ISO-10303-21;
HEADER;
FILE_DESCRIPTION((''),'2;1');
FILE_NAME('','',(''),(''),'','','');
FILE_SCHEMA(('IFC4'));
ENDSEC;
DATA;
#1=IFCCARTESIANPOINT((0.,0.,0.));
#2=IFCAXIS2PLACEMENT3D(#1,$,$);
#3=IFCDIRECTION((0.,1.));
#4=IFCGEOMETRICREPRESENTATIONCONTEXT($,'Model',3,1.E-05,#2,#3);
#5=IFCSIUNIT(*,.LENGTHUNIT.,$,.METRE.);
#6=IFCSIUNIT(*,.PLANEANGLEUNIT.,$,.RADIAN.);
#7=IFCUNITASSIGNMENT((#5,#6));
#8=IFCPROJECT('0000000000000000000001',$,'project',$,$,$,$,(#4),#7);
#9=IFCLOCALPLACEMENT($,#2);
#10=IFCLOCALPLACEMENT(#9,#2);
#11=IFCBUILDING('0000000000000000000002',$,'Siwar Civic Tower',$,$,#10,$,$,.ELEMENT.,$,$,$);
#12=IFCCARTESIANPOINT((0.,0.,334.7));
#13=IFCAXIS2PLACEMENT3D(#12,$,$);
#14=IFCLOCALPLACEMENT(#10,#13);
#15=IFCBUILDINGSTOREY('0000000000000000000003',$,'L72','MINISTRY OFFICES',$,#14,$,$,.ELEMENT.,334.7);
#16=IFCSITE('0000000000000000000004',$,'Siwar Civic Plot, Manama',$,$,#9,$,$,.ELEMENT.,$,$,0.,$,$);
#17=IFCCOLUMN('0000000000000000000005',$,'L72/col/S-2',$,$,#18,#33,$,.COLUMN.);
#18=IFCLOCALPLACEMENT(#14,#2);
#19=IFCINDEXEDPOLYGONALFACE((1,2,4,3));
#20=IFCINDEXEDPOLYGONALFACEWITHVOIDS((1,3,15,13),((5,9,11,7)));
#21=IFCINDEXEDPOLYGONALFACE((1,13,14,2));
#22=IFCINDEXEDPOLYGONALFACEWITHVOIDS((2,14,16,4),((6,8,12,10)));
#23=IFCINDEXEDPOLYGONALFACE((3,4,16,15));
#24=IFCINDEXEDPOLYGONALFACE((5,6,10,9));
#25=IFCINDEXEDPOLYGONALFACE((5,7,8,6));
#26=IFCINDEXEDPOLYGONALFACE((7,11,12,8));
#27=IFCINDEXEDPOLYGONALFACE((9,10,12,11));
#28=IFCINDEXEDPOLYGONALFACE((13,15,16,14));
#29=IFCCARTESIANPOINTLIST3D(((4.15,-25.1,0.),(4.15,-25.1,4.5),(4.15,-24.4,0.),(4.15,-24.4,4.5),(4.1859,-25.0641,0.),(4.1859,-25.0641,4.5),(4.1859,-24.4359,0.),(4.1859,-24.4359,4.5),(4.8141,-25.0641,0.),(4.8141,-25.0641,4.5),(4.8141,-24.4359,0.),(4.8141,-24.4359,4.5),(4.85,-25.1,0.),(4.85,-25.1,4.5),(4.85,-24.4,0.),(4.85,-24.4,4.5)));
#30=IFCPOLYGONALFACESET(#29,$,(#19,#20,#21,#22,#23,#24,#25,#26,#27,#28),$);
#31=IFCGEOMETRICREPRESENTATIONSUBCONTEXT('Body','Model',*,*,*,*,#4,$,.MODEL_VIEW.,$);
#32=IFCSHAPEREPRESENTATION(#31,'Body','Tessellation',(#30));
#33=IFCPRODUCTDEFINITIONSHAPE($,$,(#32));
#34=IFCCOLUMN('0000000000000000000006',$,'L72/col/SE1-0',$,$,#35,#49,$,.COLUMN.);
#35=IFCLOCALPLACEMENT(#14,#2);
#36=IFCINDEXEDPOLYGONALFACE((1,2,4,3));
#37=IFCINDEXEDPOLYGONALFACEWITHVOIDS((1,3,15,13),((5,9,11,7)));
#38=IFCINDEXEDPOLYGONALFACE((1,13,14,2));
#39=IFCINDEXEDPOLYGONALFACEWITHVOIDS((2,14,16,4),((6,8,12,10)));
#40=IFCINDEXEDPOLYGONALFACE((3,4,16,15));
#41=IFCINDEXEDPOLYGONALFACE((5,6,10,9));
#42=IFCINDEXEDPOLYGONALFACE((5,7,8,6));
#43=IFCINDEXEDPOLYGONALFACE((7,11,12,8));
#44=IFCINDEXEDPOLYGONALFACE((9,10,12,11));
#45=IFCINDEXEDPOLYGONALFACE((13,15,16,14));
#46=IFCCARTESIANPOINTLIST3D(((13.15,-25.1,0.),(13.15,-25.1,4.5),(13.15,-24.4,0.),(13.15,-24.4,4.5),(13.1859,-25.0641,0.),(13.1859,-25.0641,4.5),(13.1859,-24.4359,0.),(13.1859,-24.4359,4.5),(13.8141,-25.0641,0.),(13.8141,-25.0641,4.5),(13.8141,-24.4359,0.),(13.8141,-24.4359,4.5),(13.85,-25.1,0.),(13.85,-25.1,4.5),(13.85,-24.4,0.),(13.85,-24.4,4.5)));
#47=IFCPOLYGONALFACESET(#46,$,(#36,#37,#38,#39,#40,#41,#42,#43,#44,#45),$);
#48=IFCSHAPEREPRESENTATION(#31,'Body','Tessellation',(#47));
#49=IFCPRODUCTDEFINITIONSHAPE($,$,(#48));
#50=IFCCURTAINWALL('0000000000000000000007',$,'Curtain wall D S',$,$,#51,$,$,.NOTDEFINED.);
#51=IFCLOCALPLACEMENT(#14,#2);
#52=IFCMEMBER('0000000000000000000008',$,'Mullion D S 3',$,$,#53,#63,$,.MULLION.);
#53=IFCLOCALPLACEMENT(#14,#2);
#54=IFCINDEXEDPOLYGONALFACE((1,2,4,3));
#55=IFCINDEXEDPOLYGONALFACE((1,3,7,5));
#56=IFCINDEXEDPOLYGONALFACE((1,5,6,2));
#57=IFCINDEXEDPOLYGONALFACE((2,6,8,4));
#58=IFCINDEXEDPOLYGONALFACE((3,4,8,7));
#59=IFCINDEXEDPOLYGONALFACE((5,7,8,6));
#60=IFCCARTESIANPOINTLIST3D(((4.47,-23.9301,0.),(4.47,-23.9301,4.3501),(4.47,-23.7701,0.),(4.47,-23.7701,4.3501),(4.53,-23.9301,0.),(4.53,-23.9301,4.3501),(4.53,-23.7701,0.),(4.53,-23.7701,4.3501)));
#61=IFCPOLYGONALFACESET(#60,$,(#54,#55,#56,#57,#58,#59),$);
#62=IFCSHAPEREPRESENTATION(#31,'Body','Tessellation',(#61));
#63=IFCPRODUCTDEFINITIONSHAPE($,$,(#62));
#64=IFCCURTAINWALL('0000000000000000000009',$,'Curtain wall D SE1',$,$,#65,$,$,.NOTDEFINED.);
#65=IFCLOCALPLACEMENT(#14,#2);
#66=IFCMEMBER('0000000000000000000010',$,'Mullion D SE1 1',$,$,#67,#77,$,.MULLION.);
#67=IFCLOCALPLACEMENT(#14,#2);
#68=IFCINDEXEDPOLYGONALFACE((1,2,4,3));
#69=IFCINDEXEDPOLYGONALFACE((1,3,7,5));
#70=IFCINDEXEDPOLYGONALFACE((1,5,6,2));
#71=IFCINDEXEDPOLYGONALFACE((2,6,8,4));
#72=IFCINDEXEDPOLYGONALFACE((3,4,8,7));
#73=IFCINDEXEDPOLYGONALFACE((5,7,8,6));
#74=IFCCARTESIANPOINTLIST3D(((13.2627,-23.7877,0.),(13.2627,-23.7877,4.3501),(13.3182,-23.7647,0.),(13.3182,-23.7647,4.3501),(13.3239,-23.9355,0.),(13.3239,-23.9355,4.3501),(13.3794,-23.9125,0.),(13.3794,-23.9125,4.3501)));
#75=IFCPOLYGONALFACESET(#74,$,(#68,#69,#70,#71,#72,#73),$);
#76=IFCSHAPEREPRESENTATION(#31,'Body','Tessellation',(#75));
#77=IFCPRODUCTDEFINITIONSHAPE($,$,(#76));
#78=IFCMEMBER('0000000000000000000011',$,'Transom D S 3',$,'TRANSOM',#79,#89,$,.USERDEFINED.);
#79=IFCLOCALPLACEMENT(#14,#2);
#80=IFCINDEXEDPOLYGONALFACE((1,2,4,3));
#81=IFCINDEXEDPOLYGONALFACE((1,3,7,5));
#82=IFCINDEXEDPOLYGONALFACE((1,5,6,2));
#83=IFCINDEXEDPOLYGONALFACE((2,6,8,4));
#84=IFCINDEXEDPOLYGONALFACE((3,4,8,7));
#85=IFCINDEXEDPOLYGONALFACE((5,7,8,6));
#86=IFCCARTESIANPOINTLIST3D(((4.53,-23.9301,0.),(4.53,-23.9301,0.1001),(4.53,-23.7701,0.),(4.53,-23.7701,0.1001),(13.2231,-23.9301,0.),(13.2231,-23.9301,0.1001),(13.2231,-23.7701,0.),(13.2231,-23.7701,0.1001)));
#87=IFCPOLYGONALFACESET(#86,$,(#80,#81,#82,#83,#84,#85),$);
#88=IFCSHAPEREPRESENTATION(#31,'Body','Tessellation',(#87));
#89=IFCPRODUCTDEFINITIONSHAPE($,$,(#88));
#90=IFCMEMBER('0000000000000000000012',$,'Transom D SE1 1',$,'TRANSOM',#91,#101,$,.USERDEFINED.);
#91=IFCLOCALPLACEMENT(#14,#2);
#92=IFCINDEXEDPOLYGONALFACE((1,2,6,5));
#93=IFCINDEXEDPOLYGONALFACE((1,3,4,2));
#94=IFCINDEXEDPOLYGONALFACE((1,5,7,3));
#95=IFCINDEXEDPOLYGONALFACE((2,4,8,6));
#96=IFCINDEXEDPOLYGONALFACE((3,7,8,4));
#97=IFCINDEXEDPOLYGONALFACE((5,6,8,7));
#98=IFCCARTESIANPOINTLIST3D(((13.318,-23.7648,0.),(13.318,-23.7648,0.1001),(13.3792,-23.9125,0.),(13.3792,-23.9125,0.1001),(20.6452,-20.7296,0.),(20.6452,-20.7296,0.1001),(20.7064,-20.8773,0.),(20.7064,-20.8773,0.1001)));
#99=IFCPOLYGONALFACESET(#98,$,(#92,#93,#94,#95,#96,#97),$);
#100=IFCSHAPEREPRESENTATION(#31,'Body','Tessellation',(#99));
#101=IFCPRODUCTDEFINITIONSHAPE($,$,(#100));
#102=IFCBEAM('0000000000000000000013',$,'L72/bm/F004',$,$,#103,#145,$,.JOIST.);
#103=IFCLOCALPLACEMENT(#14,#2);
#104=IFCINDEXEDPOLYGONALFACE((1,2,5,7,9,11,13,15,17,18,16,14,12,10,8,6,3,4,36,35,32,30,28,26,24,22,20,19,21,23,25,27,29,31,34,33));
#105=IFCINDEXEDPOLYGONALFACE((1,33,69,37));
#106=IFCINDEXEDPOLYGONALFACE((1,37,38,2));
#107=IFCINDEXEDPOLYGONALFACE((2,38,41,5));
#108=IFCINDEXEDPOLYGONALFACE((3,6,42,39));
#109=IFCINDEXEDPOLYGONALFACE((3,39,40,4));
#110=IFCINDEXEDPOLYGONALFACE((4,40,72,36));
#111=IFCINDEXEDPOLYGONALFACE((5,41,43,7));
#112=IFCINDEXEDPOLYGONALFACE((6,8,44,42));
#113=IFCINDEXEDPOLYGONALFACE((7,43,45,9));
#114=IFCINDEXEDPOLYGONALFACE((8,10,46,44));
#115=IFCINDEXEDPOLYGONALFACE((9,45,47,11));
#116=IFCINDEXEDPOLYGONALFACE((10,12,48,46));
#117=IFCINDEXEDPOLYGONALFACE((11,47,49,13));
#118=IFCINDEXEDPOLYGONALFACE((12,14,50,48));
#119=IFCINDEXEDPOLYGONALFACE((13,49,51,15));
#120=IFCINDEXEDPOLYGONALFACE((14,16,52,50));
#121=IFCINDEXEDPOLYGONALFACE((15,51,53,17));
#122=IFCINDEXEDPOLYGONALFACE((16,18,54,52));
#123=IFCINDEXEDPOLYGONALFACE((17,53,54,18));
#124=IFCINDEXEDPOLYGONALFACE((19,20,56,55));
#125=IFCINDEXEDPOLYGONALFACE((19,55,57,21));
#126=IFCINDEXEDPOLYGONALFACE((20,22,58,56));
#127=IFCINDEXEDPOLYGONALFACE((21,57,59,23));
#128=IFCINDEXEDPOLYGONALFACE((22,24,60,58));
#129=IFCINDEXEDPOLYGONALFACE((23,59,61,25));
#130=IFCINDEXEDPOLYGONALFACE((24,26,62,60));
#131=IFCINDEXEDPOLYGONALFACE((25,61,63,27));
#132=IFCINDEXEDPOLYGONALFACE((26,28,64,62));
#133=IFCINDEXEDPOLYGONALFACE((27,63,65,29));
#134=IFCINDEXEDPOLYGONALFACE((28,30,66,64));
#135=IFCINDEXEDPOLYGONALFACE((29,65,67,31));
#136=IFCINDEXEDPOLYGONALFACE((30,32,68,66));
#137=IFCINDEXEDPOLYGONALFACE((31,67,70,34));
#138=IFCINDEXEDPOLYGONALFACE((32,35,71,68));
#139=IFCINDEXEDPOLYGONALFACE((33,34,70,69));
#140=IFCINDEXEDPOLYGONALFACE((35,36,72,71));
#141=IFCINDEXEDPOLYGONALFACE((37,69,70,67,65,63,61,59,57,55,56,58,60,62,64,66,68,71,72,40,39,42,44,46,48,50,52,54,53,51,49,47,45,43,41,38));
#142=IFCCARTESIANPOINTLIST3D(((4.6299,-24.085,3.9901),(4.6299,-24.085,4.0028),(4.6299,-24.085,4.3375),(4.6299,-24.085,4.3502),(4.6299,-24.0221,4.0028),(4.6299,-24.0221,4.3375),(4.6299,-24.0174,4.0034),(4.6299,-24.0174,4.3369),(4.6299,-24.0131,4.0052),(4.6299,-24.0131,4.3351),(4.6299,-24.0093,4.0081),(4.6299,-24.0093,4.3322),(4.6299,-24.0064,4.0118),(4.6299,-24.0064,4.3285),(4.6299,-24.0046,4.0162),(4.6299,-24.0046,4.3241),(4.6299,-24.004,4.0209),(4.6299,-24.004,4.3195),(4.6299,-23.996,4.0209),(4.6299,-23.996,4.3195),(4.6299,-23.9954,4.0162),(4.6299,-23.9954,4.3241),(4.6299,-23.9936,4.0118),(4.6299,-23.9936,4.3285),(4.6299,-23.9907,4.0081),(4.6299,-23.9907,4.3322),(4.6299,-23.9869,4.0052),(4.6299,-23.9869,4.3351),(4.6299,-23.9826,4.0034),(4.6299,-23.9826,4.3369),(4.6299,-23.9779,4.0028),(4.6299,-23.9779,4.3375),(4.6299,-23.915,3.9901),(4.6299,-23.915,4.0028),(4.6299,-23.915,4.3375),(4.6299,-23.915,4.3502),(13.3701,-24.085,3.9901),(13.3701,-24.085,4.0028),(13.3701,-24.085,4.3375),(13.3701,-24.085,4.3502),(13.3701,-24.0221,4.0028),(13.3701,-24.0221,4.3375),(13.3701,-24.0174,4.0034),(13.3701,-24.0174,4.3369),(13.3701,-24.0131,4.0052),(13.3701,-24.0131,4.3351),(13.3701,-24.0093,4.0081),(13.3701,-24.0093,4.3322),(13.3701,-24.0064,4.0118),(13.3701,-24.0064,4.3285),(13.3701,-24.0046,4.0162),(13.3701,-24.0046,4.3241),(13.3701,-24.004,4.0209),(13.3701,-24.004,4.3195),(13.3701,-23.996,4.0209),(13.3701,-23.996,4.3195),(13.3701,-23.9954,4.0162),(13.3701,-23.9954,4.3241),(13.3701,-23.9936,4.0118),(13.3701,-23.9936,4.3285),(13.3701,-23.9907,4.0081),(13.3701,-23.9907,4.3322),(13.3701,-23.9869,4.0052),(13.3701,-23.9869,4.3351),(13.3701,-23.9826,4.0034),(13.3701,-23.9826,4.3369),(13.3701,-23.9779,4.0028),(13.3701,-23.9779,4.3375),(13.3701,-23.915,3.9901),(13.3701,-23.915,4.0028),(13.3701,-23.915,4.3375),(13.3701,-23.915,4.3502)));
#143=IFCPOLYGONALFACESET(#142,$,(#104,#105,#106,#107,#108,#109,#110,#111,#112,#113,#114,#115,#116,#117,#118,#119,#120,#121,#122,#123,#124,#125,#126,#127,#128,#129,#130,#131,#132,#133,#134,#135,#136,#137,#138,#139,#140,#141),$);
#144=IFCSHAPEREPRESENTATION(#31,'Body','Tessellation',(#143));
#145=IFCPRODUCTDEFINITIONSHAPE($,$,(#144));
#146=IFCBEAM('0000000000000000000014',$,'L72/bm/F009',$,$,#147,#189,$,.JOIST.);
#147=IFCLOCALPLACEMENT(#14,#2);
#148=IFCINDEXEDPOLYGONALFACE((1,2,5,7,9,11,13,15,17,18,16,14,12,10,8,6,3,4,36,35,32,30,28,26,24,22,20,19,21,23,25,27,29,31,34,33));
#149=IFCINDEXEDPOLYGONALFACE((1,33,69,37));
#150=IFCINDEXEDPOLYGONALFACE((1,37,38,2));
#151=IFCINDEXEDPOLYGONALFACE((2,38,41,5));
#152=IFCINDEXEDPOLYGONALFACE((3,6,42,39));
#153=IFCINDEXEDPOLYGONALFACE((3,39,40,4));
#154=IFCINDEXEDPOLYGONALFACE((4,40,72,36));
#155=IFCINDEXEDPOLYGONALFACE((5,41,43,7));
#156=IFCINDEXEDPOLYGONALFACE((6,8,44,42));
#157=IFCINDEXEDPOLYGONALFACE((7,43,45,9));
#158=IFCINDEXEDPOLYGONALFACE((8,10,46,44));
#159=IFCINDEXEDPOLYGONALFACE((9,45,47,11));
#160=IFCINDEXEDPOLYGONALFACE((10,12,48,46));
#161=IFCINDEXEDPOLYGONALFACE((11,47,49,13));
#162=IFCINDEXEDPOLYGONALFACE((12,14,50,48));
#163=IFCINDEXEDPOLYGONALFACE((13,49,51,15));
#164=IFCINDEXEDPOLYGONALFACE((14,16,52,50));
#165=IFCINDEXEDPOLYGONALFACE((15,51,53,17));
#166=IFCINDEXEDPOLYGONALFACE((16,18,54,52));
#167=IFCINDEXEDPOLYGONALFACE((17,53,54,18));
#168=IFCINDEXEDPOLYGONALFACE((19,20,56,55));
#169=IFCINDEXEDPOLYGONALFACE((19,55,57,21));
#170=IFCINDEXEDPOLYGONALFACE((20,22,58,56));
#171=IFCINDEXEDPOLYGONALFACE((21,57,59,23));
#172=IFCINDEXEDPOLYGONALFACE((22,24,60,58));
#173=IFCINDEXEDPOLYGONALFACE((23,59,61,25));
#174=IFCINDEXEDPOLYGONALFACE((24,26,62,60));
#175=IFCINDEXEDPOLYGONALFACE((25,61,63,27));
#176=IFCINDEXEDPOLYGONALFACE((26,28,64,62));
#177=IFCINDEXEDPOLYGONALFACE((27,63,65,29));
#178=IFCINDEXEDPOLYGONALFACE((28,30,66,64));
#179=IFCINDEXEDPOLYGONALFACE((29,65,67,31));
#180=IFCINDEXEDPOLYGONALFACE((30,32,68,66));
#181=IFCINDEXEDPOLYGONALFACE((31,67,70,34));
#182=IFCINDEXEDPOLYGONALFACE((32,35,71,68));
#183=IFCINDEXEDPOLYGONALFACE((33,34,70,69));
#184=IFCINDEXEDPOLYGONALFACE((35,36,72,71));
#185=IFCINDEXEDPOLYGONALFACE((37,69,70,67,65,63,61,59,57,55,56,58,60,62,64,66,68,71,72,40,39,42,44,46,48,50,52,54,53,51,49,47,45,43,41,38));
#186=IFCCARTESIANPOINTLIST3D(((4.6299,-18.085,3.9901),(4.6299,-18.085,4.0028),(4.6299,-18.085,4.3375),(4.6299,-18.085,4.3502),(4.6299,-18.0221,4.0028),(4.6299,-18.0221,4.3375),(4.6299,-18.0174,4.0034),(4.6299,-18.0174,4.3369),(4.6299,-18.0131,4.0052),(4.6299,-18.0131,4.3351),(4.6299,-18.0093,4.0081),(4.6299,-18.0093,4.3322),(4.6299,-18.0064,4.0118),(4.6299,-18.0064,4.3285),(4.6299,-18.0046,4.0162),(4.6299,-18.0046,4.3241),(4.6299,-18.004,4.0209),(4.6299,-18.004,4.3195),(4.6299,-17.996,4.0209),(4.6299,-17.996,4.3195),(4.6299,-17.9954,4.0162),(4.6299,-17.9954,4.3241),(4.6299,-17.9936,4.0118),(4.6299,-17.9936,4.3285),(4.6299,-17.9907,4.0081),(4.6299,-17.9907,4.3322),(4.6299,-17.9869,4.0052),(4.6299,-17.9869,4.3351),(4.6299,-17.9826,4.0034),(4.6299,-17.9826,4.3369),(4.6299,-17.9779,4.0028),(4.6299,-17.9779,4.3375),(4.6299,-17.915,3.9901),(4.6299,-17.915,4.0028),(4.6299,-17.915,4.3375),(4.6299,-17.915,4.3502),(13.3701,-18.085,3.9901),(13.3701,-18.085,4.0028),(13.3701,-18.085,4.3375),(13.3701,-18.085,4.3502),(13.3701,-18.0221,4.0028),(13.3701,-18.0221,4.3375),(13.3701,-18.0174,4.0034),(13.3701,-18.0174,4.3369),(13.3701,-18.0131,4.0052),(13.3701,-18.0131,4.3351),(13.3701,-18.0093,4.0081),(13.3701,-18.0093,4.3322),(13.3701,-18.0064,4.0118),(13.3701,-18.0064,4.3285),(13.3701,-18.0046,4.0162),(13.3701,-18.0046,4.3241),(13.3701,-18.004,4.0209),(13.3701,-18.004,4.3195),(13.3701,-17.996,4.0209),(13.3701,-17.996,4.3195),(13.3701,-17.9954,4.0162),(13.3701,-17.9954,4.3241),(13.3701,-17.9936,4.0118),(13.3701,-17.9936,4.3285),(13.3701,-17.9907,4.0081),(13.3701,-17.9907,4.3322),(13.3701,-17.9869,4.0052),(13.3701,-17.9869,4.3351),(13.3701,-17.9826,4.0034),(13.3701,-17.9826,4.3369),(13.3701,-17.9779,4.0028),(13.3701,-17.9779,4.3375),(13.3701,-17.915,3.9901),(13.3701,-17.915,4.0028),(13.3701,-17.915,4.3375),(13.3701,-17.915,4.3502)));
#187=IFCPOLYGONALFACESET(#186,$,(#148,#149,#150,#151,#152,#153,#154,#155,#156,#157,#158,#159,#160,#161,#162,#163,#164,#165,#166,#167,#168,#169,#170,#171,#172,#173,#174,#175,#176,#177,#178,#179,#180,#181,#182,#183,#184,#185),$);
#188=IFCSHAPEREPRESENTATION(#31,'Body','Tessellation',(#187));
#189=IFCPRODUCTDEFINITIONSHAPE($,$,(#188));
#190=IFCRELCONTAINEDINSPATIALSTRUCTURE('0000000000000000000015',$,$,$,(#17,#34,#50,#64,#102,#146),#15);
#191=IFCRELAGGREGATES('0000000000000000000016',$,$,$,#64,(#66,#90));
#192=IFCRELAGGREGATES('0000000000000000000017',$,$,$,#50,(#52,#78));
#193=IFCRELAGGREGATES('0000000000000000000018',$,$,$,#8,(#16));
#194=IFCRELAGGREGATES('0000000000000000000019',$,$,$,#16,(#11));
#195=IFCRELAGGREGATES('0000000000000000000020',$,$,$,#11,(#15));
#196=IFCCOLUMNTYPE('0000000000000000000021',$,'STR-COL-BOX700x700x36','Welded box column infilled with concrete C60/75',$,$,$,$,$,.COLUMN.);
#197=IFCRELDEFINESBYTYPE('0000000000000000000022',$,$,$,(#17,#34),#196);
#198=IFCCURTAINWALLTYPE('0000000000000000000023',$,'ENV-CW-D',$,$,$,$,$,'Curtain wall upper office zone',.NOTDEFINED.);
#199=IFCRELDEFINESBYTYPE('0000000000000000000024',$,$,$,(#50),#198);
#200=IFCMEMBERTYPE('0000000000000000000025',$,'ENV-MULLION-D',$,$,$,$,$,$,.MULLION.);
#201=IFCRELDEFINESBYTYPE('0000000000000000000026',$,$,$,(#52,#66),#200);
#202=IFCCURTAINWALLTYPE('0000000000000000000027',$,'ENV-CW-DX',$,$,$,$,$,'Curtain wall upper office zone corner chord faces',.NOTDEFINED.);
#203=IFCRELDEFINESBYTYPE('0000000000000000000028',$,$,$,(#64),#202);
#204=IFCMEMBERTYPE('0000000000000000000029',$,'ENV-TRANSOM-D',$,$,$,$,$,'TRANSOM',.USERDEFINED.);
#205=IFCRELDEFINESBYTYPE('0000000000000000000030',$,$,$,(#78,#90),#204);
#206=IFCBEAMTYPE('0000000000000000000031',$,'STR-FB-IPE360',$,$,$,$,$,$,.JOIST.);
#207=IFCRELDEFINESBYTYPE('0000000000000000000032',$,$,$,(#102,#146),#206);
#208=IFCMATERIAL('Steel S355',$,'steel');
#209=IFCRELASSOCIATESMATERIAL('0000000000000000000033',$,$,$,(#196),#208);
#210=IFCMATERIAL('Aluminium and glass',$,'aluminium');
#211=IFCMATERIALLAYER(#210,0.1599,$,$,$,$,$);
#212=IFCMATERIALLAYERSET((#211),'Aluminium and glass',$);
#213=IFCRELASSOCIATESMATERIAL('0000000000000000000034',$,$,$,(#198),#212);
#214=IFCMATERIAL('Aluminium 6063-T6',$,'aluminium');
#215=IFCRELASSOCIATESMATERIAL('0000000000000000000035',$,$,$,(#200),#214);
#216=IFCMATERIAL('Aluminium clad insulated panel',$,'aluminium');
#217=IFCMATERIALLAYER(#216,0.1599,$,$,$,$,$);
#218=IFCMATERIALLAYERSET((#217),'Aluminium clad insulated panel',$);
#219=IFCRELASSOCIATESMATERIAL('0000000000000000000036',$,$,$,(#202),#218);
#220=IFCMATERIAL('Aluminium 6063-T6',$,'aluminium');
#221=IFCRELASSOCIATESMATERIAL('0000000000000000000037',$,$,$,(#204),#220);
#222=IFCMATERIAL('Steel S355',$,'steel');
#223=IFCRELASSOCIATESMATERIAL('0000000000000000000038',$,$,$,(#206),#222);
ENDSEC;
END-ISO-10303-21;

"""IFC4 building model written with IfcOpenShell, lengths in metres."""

from ifc_helpers import new_model, si_unit, direction, frame, origin, origin_2d, place, context, subcontext, project, spatial, rectangle, hollow_rectangle, i_section, extrude, material, layer, layer_set, material_profile, profile_set, type_object, element, aggregate, save


model = new_model("IFC4")

# Units and contexts
model_context = context("Model", 3, precision=1e-05, world=origin(), true_north=direction((0.0, 1.0)))
body_context = subcontext(model_context, "Body", "Model", "MODEL_VIEW")
ifc_project = project(units=[si_unit("LENGTHUNIT", "METRE"), si_unit("PLANEANGLEUNIT", "RADIAN")], contexts=[model_context])

# Site, building, storey
site_placement = place(None, origin())
site = spatial("IfcSite", under=ifc_project, at=site_placement, Name="Siwar Civic Plot, Manama", CompositionType="ELEMENT", RefElevation=0.0)
building_placement = place(site_placement, origin())
building = spatial("IfcBuilding", under=site, at=building_placement, Name="Siwar Civic Tower", CompositionType="ELEMENT")
storey_placement = place(building_placement, frame((0.0, 0.0, 334.7)))
storey = spatial("IfcBuildingStorey", under=building, at=storey_placement, Name="L72", Description="MINISTRY OFFICES", CompositionType="ELEMENT", Elevation=334.7)

# Columns
ifc_material_1 = material(Name="Steel S355", Category="steel")
ifc_material_profile_1 = material_profile(ifc_material_1, hollow_rectangle(XDim=0.7, YDim=0.7, WallThickness=0.0359, at=origin_2d()), Name="BOX700x700x36")
ifc_profile_set_1 = profile_set([ifc_material_profile_1], Name="Steel S355")
column_type = type_object("IfcColumnType", Name="STR-COL-BOX700x700x36", Description="Welded box column infilled with concrete C60/75", PredefinedType="COLUMN", material=ifc_profile_set_1)
for number, where, z_axis, x_axis, name in (
    (1, (4.5, -24.75, 0.0), (0.0, 0.0, 1.0), (1.0, 0.0, 0.0), "L72/col/S-2"),
    (2, (13.5, -24.75, 0.0), (0.0, 0.0, 1.0), (1.0, 0.0, 0.0), "L72/col/SE1-0"),
):
    element("IfcColumn", number, at=place(storey_placement, frame(where, z_axis=z_axis, x_axis=x_axis)), inside=storey, type_object=column_type, Name=name, PredefinedType="COLUMN", context=body_context, shape_type="SweptSolid", body=[
        extrude(hollow_rectangle(XDim=0.7, YDim=0.7, WallThickness=0.0359, at=origin_2d()), origin(), (0.0, 0.0, 1.0), 4.5),
    ])

# Curtain walls, members
ifc_material_2 = material(Name="Aluminium and glass", Category="aluminium")
ifc_layer_1 = layer(ifc_material_2, 0.1599)
ifc_layer_set_1 = layer_set([ifc_layer_1], Name="Aluminium and glass")
curtain_wall_type_1 = type_object("IfcCurtainWallType", Name="ENV-CW-D", ElementType="Curtain wall upper office zone", PredefinedType="NOTDEFINED", material=ifc_layer_set_1)
curtain_wall_1_placement = place(storey_placement, origin())
curtain_wall_1 = element("IfcCurtainWall", 3, at=curtain_wall_1_placement, inside=storey, type_object=curtain_wall_type_1, Name="Curtain wall D S", PredefinedType="NOTDEFINED")
ifc_material_3 = material(Name="Aluminium 6063-T6", Category="aluminium")
ifc_material_profile_2 = material_profile(ifc_material_3, rectangle(XDim=0.1599, YDim=0.0601, at=origin_2d()), Name="AL 160x60")
ifc_profile_set_2 = profile_set([ifc_material_profile_2], Name="Aluminium 6063-T6")
member_type_1 = type_object("IfcMemberType", Name="ENV-MULLION-D", PredefinedType="MULLION", material=ifc_profile_set_2)
member_1_placement = place(storey_placement, frame((4.5, -23.8501, 0.0), z_axis=(0.0, 0.0, 1.0), x_axis=(0.0, 1.0, 0.0)))
member_1 = element("IfcMember", 4, at=member_1_placement, type_object=member_type_1, Name="Mullion D S 3", PredefinedType="MULLION", context=body_context, shape_type="SweptSolid", body=[
    extrude(rectangle(XDim=0.1599, YDim=0.0601, at=origin_2d()), origin(), (0.0, 0.0, 1.0), 4.3501),
])
ifc_material_4 = material(Name="Aluminium clad insulated panel", Category="aluminium")
ifc_layer_2 = layer(ifc_material_4, 0.1599)
ifc_layer_set_2 = layer_set([ifc_layer_2], Name="Aluminium clad insulated panel")
curtain_wall_type_2 = type_object("IfcCurtainWallType", Name="ENV-CW-DX", ElementType="Curtain wall upper office zone corner chord faces", PredefinedType="NOTDEFINED", material=ifc_layer_set_2)
curtain_wall_2_placement = place(storey_placement, origin())
curtain_wall_2 = element("IfcCurtainWall", 5, at=curtain_wall_2_placement, inside=storey, type_object=curtain_wall_type_2, Name="Curtain wall D SE1", PredefinedType="NOTDEFINED")
member_2_placement = place(storey_placement, frame((13.321, -23.8501, 0.0), z_axis=(0.0, 0.0, 1.0), x_axis=(-0.382683, 0.92388, 0.0)))
member_2 = element("IfcMember", 6, at=member_2_placement, type_object=member_type_1, Name="Mullion D SE1 1", PredefinedType="MULLION", context=body_context, shape_type="SweptSolid", body=[
    extrude(rectangle(XDim=0.1599, YDim=0.0601, at=origin_2d()), origin(), (0.0, 0.0, 1.0), 4.3501),
])

# Members
ifc_material_5 = material(Name="Aluminium 6063-T6", Category="aluminium")
ifc_material_profile_3 = material_profile(ifc_material_5, rectangle(XDim=0.1599, YDim=0.1001, at=origin_2d()), Name="AL 160x100")
ifc_profile_set_3 = profile_set([ifc_material_profile_3], Name="Aluminium 6063-T6")
member_type_2 = type_object("IfcMemberType", Name="ENV-TRANSOM-D", ElementType="TRANSOM", PredefinedType="USERDEFINED", material=ifc_profile_set_3)
member_3_placement = place(storey_placement, frame((4.53, -23.8501, 0.05), z_axis=(1.0, 0.0, 0.0), x_axis=(0.0, 1.0, 0.0)))
member_3 = element("IfcMember", 7, at=member_3_placement, type_object=member_type_2, Name="Transom D S 3", ObjectType="TRANSOM", PredefinedType="USERDEFINED", context=body_context, shape_type="SweptSolid", body=[
    extrude(rectangle(XDim=0.1599, YDim=0.1001, at=origin_2d()), origin(), (0.0, 0.0, 1.0), 8.6931),
])
member_4_placement = place(storey_placement, frame((13.3486, -23.8386, 0.05), z_axis=(0.923873, 0.3827, 0.0), x_axis=(-0.3827, 0.923873, 0.0)))
member_4 = element("IfcMember", 8, at=member_4_placement, type_object=member_type_2, Name="Transom D SE1 1", ObjectType="TRANSOM", PredefinedType="USERDEFINED", context=body_context, shape_type="SweptSolid", body=[
    extrude(rectangle(XDim=0.1599, YDim=0.1001, at=origin_2d()), origin(), (0.0, 0.0, 1.0), 7.9309),
])
aggregate(curtain_wall_2, [member_2, member_4])

# Beams
ifc_material_6 = material(Name="Steel S355", Category="steel")
ifc_material_profile_4 = material_profile(ifc_material_6, i_section(OverallWidth=0.1699, OverallDepth=0.3601, WebThickness=0.0081, FlangeThickness=0.0127, FilletRadius=0.0181, at=origin_2d()), Name="IPE360")
ifc_profile_set_4 = profile_set([ifc_material_profile_4], Name="Steel S355")
beam_type_1 = type_object("IfcBeamType", Name="STR-FB-IPE360", PredefinedType="JOIST", material=ifc_profile_set_4)
for number, where, z_axis, x_axis, name in (
    (9, (4.6299, -24.0, 4.1702), (1.0, 0.0, 0.0), (0.0, 1.0, 0.0), "L72/bm/F004"),
    (10, (4.6299, -18.0, 4.1702), (1.0, 0.0, 0.0), (0.0, 1.0, 0.0), "L72/bm/F009"),
):
    element("IfcBeam", number, at=place(storey_placement, frame(where, z_axis=z_axis, x_axis=x_axis)), inside=storey, type_object=beam_type_1, Name=name, PredefinedType="JOIST", context=body_context, shape_type="SweptSolid", body=[
        extrude(i_section(OverallWidth=0.1699, OverallDepth=0.3601, WebThickness=0.0081, FlangeThickness=0.0127, FilletRadius=0.0181, at=origin_2d()), origin(), (0.0, 0.0, 1.0), 8.7402),
    ])

aggregate(curtain_wall_1, [member_1, member_3])

save(model, "model.ifc")
